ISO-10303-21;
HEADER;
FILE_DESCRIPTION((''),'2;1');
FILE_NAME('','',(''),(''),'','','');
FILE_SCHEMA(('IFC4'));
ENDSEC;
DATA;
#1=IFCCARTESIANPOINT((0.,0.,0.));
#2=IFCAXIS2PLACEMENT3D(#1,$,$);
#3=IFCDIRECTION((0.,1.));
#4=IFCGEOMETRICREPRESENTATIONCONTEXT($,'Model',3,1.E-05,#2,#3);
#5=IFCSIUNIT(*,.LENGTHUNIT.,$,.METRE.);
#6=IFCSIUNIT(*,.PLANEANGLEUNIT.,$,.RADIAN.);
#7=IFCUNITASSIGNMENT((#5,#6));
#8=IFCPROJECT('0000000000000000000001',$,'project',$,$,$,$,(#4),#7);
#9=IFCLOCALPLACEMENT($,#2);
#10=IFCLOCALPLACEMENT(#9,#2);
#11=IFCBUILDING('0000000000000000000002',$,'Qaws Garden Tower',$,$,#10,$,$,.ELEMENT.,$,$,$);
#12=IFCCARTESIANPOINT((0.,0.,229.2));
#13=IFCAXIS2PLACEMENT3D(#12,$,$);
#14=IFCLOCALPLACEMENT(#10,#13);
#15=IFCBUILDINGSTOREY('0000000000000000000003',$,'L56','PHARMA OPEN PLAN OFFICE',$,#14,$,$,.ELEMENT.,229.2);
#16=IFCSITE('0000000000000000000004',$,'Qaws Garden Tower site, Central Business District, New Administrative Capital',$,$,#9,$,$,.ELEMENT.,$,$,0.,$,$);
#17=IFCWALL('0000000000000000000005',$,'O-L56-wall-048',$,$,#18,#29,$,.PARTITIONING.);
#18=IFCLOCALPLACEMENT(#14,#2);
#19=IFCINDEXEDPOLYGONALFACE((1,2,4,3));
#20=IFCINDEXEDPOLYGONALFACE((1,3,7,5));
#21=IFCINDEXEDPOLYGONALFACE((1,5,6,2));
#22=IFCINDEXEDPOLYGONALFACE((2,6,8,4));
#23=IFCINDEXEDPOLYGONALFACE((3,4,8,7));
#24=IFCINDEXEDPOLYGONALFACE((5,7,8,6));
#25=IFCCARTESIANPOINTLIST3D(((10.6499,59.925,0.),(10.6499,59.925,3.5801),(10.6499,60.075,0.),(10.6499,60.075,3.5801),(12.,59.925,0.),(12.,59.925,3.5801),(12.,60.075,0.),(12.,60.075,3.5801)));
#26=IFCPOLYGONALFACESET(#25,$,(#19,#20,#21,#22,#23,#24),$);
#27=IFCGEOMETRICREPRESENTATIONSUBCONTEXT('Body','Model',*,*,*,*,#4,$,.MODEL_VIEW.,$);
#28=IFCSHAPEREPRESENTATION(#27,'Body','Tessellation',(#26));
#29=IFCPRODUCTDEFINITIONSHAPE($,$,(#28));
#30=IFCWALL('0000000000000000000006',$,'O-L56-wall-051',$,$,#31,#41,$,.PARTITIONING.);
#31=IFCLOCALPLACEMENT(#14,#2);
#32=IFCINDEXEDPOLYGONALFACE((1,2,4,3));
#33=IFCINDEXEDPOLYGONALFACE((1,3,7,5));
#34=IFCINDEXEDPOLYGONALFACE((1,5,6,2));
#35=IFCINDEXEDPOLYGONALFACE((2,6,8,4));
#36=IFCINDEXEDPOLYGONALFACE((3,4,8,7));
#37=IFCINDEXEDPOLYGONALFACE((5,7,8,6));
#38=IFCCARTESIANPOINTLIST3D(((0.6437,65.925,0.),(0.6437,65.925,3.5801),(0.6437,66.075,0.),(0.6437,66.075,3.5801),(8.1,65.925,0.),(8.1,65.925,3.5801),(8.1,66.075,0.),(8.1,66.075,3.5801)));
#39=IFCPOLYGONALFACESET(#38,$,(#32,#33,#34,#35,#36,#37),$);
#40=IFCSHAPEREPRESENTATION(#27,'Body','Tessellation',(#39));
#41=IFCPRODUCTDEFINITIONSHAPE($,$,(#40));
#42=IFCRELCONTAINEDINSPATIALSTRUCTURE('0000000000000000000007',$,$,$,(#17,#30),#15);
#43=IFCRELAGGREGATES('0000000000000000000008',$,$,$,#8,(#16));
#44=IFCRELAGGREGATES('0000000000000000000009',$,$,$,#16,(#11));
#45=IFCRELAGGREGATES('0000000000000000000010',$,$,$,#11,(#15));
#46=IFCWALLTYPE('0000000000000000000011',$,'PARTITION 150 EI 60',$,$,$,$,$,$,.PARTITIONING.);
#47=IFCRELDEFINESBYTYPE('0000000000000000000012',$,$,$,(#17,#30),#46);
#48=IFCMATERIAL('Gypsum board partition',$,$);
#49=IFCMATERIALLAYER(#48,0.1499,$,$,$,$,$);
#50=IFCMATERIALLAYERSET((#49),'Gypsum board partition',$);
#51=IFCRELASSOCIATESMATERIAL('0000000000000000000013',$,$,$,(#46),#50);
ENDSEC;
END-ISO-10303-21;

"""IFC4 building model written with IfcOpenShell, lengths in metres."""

from ifc_helpers import new_model, si_unit, direction, frame, frame_2d, origin, place, context, subcontext, project, spatial, rectangle, extrude, material, layer, layer_set, type_object, element, save


model = new_model("IFC4")

# Units and contexts
model_context = context("Model", 3, precision=1e-05, world=origin(), true_north=direction((0.0, 1.0)))
body_context = subcontext(model_context, "Body", "Model", "MODEL_VIEW")
ifc_project = project(units=[si_unit("LENGTHUNIT", "METRE"), si_unit("PLANEANGLEUNIT", "RADIAN")], contexts=[model_context])

# Site, building, storey
site_placement = place(None, origin())
site = spatial("IfcSite", under=ifc_project, at=site_placement, Name="Qaws Garden Tower site, Central Business District, New Administrative Capital", CompositionType="ELEMENT", RefElevation=0.0)
building_placement = place(site_placement, origin())
building = spatial("IfcBuilding", under=site, at=building_placement, Name="Qaws Garden Tower", CompositionType="ELEMENT")
storey_placement = place(building_placement, frame((0.0, 0.0, 229.2)))
storey = spatial("IfcBuildingStorey", under=building, at=storey_placement, Name="L56", Description="PHARMA OPEN PLAN OFFICE", CompositionType="ELEMENT", Elevation=229.2)

# Shared definitions
ifc_material_1 = material(Name="Gypsum board partition")
ifc_layer_1 = layer(ifc_material_1, 0.1499)
ifc_layer_set_1 = layer_set([ifc_layer_1], Name="Gypsum board partition")
wall_type_1 = type_object("IfcWallType", Name="PARTITION 150 EI 60", PredefinedType="PARTITIONING", material=ifc_layer_set_1)

# Walls
wall_1_placement = place(storey_placement, frame((10.6499, 60.0, 0.0), z_axis=(0.0, 0.0, 1.0), x_axis=(1.0, 0.0, 0.0)))
element("IfcWall", 1, at=wall_1_placement, inside=storey, type_object=wall_type_1, Name="O-L56-wall-048", PredefinedType="PARTITIONING", context=body_context, shape_type="SweptSolid", body=[
    extrude(rectangle(XDim=1.3501, YDim=0.1499, at=frame_2d((0.675, 0.0))), origin(), (0.0, 0.0, 1.0), 3.5801),
])
wall_2_placement = place(storey_placement, frame((0.6438, 66.0, 0.0), z_axis=(0.0, 0.0, 1.0), x_axis=(1.0, 0.0, 0.0)))
element("IfcWall", 2, at=wall_2_placement, inside=storey, type_object=wall_type_1, Name="O-L56-wall-051", PredefinedType="PARTITIONING", context=body_context, shape_type="SweptSolid", body=[
    extrude(rectangle(XDim=7.4563, YDim=0.1499, at=frame_2d((3.728, 0.0))), origin(), (0.0, 0.0, 1.0), 3.5801),
])

save(model, "model.ifc")
